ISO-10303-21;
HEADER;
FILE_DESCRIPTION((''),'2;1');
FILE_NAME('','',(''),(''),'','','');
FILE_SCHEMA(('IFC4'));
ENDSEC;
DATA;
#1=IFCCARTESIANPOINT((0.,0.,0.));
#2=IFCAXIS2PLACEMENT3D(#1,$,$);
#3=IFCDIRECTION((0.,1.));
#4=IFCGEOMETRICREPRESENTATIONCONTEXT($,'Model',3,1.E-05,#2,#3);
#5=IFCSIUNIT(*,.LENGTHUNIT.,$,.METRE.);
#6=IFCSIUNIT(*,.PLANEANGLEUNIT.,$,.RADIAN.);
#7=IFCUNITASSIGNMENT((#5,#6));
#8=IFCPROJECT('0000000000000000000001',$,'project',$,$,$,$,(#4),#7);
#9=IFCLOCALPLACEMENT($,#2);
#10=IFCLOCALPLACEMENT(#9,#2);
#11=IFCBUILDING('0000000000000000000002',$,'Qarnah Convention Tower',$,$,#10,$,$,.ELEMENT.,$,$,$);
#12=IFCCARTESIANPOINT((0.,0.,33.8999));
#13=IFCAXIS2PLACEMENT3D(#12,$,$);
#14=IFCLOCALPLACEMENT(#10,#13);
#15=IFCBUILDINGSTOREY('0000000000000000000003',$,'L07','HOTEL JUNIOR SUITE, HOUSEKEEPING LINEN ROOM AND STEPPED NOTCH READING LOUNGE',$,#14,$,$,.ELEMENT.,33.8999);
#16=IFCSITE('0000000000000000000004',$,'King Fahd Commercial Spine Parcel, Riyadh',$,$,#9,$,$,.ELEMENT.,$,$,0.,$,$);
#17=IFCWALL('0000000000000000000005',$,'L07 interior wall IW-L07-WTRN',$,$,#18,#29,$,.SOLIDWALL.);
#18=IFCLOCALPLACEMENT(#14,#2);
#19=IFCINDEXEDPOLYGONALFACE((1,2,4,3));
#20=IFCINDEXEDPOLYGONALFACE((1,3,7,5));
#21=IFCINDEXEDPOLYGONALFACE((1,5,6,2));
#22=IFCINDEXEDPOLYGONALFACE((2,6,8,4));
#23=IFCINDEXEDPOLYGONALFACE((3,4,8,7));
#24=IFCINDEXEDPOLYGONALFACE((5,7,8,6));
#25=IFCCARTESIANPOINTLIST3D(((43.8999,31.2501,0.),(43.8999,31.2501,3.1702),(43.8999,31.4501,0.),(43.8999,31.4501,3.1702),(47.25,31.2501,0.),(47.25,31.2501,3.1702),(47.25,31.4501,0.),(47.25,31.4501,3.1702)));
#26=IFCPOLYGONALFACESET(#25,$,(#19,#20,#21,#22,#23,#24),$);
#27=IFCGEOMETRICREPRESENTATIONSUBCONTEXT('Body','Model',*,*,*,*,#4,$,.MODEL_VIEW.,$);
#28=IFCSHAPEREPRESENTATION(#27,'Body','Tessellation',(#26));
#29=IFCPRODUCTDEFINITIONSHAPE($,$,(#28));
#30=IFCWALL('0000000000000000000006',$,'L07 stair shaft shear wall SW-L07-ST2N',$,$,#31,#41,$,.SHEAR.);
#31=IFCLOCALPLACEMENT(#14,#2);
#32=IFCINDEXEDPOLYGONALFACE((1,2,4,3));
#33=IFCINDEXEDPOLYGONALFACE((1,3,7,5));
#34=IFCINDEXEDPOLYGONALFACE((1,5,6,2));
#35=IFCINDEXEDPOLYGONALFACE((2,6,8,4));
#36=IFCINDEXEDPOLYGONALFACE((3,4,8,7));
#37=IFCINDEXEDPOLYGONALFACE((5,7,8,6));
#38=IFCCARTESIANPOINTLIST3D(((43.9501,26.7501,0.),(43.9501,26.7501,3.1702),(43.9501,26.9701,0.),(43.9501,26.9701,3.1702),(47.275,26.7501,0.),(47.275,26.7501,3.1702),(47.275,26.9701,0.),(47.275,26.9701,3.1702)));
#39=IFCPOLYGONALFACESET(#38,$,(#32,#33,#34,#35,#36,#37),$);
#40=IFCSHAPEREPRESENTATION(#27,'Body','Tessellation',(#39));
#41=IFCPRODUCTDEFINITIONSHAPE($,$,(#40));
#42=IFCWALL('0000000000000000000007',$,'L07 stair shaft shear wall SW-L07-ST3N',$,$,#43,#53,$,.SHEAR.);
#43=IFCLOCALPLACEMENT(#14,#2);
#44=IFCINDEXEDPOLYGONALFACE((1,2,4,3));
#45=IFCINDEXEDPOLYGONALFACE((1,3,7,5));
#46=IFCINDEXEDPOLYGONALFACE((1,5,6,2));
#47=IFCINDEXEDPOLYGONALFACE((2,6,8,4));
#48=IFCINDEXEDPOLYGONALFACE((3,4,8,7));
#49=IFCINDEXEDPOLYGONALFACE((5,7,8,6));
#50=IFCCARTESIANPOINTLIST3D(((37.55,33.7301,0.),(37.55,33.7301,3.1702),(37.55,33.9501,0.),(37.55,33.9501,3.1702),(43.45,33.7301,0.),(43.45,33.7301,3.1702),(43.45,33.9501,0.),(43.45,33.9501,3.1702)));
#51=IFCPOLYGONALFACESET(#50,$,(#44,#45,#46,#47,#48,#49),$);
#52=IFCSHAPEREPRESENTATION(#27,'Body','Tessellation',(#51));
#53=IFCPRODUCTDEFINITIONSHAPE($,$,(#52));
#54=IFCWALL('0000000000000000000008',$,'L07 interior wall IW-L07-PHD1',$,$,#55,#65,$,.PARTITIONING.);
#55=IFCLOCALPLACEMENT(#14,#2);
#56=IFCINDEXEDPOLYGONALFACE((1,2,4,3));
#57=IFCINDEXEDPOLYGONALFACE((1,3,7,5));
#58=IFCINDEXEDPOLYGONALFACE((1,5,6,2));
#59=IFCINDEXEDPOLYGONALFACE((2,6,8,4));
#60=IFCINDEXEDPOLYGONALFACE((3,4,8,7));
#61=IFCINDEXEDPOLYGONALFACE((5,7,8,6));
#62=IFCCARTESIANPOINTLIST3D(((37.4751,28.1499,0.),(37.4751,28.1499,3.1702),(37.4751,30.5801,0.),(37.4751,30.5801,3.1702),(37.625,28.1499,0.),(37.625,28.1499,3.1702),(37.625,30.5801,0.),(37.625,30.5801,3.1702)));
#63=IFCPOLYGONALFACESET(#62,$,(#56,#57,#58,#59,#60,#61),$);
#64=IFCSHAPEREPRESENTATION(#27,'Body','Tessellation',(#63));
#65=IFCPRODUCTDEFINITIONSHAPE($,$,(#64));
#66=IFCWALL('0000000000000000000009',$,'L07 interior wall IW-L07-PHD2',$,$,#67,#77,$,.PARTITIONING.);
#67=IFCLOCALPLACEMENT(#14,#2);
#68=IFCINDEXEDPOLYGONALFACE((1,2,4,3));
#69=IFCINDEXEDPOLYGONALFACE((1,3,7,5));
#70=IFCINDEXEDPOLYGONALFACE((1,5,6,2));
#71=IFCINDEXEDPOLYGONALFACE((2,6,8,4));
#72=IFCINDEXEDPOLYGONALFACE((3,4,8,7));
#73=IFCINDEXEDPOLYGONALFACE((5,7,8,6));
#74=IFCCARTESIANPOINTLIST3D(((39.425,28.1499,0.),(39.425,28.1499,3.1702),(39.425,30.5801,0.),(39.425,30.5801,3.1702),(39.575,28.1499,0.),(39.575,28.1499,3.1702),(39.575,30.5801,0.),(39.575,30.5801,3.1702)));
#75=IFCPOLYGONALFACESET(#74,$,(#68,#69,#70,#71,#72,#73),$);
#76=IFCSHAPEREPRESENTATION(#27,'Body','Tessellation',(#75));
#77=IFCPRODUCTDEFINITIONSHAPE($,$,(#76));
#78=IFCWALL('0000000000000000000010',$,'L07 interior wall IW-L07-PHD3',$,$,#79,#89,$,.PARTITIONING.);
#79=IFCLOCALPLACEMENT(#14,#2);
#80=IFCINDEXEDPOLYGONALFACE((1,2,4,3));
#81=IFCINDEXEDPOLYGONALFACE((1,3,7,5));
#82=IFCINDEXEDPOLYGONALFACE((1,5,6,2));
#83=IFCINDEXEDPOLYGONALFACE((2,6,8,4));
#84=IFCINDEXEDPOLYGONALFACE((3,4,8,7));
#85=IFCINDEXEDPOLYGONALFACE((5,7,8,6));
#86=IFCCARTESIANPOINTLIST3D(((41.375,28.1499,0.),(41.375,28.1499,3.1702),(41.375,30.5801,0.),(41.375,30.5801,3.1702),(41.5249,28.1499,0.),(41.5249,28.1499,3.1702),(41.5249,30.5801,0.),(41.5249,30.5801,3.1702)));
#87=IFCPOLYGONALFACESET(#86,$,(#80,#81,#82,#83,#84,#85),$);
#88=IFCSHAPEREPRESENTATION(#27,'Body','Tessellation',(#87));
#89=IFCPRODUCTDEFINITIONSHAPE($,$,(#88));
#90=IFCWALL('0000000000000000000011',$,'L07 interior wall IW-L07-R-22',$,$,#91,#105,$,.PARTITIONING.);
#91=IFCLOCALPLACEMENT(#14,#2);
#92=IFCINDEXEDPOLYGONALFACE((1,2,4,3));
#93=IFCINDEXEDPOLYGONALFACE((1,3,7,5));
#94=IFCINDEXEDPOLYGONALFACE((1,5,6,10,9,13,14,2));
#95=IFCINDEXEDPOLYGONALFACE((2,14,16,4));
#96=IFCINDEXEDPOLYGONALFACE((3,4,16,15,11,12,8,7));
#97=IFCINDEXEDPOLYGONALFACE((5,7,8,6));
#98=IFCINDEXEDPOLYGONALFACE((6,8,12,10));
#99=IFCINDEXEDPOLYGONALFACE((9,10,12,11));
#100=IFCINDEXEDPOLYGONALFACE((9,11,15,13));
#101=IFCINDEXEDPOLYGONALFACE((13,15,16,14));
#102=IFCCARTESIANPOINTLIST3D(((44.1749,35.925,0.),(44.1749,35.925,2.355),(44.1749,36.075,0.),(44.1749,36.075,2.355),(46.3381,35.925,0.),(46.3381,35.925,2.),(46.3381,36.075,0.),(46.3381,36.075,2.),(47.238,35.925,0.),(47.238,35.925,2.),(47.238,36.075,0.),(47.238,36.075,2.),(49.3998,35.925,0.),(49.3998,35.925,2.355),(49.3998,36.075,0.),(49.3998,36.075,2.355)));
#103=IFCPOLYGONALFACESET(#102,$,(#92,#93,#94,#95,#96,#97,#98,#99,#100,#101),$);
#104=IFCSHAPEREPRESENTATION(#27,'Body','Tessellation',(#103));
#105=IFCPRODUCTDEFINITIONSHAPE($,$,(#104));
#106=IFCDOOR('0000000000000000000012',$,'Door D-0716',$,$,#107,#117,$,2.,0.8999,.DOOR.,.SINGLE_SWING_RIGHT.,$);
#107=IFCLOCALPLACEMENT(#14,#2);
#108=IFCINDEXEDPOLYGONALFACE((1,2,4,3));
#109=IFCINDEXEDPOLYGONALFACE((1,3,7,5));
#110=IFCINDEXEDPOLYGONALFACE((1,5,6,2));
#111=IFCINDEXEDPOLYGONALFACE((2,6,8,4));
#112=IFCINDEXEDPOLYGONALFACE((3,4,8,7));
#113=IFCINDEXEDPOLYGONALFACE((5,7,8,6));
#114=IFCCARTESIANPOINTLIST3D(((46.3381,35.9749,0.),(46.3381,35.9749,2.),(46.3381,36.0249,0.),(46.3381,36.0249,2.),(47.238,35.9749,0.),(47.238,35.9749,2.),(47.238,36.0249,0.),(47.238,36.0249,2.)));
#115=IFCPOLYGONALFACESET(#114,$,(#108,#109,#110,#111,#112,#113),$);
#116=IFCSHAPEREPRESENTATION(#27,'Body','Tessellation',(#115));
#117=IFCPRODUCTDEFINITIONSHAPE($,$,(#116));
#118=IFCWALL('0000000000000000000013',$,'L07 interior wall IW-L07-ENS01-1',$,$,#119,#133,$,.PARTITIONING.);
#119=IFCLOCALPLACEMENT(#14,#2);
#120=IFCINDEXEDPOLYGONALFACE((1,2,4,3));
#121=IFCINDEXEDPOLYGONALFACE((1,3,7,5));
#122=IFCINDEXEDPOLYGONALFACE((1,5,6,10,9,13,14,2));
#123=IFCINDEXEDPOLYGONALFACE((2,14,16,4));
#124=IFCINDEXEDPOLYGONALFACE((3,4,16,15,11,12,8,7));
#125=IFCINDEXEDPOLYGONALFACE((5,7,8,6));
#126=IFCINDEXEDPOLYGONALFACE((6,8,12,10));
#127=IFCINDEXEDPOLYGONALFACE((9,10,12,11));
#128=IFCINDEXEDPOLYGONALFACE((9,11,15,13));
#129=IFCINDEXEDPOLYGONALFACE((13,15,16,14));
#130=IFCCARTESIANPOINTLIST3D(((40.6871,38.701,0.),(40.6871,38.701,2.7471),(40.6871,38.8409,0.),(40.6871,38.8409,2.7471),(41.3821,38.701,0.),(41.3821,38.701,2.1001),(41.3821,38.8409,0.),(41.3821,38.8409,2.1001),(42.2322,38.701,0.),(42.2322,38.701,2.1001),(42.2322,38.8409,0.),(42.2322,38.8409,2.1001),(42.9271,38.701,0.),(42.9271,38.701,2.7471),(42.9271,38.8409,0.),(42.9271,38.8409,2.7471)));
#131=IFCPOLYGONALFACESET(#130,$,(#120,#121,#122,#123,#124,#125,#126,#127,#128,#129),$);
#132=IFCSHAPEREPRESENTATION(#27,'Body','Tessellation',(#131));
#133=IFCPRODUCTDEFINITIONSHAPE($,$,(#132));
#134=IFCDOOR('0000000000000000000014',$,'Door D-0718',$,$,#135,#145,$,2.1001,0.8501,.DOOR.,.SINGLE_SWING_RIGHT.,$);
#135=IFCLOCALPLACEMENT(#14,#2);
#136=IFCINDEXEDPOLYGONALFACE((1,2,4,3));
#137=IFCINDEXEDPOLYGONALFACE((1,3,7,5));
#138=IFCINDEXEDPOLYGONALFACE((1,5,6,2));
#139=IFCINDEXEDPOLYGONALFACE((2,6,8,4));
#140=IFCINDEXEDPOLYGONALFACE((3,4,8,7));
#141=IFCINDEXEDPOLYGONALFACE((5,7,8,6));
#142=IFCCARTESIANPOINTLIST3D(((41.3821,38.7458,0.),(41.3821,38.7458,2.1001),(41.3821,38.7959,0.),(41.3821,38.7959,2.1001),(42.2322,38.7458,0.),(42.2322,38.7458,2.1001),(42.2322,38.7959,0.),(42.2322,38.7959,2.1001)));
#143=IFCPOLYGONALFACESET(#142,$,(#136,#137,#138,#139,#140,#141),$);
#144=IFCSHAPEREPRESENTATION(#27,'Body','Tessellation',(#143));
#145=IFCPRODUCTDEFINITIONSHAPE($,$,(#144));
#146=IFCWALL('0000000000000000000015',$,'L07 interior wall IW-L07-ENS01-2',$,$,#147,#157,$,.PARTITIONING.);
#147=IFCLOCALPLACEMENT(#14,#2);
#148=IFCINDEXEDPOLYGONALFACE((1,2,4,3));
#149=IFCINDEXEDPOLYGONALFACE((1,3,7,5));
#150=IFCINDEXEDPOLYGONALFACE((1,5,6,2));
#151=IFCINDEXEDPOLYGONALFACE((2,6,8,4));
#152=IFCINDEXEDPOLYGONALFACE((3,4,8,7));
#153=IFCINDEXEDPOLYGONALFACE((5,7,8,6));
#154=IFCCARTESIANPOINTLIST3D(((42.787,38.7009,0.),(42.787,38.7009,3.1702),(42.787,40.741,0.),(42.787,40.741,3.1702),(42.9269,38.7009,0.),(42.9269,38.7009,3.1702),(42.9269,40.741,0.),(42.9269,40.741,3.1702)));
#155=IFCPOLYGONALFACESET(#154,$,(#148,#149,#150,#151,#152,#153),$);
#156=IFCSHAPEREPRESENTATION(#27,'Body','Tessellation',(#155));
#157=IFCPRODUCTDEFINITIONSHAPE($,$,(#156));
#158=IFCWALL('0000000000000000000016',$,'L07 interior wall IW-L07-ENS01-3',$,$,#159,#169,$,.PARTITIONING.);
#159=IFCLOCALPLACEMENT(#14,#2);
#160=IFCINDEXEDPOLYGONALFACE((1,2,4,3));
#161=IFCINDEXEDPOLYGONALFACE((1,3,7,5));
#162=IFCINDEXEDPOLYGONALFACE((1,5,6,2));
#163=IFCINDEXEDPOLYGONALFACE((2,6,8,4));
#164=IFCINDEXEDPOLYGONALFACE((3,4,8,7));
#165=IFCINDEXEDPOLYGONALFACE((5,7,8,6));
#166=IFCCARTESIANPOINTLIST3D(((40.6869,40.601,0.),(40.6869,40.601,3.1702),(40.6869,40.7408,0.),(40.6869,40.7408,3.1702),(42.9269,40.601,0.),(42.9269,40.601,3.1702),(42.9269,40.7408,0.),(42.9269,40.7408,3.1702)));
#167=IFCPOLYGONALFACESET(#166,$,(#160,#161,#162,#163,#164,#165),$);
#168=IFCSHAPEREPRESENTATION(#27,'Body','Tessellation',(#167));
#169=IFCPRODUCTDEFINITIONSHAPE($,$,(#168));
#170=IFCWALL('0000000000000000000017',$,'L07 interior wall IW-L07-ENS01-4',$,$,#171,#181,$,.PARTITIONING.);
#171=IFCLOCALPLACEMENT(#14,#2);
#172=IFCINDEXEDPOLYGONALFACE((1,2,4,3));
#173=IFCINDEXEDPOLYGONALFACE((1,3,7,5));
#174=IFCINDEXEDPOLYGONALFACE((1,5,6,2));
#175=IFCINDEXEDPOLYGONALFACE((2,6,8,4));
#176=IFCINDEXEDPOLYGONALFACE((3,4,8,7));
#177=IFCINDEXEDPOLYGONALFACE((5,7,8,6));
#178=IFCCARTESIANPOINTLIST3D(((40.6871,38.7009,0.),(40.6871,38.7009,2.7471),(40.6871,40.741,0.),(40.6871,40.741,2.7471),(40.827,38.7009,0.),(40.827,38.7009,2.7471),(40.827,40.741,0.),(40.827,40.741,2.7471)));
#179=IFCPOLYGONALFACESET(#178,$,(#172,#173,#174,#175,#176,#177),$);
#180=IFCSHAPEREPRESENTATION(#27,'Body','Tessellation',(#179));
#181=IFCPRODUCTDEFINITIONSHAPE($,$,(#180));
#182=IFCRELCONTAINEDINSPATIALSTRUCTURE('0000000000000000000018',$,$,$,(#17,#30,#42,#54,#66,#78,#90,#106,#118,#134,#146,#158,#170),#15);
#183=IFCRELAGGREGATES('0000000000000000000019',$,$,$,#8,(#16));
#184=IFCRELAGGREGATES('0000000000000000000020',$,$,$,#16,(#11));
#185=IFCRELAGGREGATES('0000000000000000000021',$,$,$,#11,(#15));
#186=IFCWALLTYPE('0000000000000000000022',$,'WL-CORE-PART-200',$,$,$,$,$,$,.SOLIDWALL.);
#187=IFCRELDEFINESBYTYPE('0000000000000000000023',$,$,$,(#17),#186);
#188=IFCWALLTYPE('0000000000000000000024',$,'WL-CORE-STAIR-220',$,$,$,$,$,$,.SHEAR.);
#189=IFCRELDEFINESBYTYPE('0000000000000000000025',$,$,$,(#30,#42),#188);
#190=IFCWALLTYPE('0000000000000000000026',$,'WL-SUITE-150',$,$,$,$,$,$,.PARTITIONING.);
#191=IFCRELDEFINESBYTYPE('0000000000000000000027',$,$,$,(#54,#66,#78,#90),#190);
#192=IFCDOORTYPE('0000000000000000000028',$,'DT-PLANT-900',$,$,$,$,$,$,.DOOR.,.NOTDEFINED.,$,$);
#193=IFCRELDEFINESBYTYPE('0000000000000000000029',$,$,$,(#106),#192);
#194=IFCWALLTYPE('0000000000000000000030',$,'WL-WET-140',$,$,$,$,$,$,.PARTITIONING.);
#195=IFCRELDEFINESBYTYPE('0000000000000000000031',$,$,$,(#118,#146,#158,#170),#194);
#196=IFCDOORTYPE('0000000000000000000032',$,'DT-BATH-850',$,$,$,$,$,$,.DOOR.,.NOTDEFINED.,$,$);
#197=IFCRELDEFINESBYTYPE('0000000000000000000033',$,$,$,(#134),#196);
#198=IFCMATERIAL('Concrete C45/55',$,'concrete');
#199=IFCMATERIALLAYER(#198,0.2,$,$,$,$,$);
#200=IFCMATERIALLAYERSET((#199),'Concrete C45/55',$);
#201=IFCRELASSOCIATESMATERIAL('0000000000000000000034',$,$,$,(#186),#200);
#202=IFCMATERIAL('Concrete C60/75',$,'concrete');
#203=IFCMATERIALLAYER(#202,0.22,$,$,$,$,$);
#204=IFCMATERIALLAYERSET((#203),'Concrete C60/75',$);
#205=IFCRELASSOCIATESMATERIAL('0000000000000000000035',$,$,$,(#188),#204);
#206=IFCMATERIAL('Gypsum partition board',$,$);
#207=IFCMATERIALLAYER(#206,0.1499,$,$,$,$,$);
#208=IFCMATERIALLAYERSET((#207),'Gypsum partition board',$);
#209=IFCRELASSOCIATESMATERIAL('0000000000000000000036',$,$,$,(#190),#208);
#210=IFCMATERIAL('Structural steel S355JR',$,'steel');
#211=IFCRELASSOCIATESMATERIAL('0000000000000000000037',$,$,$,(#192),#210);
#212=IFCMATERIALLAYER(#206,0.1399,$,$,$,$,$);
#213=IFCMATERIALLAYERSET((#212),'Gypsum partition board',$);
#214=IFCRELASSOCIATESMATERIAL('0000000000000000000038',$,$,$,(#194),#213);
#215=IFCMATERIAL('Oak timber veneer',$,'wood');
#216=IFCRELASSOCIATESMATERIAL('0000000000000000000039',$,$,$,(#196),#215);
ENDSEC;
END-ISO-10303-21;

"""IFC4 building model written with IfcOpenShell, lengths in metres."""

from ifc_helpers import new_model, si_unit, direction, frame, frame_2d, origin, place, context, subcontext, project, spatial, rectangle, extrude, material, layer, layer_set, type_object, element, fill, save


model = new_model("IFC4")

# Units and contexts
model_context = context("Model", 3, precision=1e-05, world=origin(), true_north=direction((0.0, 1.0)))
body_context = subcontext(model_context, "Body", "Model", "MODEL_VIEW")
ifc_project = project(units=[si_unit("LENGTHUNIT", "METRE"), si_unit("PLANEANGLEUNIT", "RADIAN")], contexts=[model_context])

# Site, building, storey
site_placement = place(None, origin())
site = spatial("IfcSite", under=ifc_project, at=site_placement, Name="King Fahd Commercial Spine Parcel, Riyadh", CompositionType="ELEMENT", RefElevation=0.0)
building_placement = place(site_placement, origin())
building = spatial("IfcBuilding", under=site, at=building_placement, Name="Qarnah Convention Tower", CompositionType="ELEMENT")
storey_placement = place(building_placement, frame((0.0, 0.0, 33.8999)))
storey = spatial("IfcBuildingStorey", under=building, at=storey_placement, Name="L07", Description="HOTEL JUNIOR SUITE, HOUSEKEEPING LINEN ROOM AND STEPPED NOTCH READING LOUNGE", CompositionType="ELEMENT", Elevation=33.8999)

# Shared definitions
ifc_material_1 = material(Name="Structural steel S355JR", Category="steel")

# Shared definitions
ifc_material_2 = material(Name="Concrete C45/55", Category="concrete")
ifc_layer_1 = layer(ifc_material_2, 0.2)
ifc_layer_set_1 = layer_set([ifc_layer_1], Name="Concrete C45/55")
wall_type_1 = type_object("IfcWallType", Name="WL-CORE-PART-200", PredefinedType="SOLIDWALL", material=ifc_layer_set_1)

# Walls
wall_1_placement = place(storey_placement, frame((43.8999, 31.3501, 0.0), z_axis=(0.0, 0.0, 1.0), x_axis=(1.0, 0.0, 0.0)))
element("IfcWall", 1, at=wall_1_placement, inside=storey, type_object=wall_type_1, Name="L07 interior wall IW-L07-WTRN", PredefinedType="SOLIDWALL", context=body_context, shape_type="SweptSolid", body=[
    extrude(rectangle(XDim=3.3501, YDim=0.2, at=frame_2d((1.675, 0.0))), origin(), (0.0, 0.0, 1.0), 3.1702),
])
ifc_material_3 = material(Name="Concrete C60/75", Category="concrete")
ifc_layer_2 = layer(ifc_material_3, 0.22)
ifc_layer_set_2 = layer_set([ifc_layer_2], Name="Concrete C60/75")
wall_type_2 = type_object("IfcWallType", Name="WL-CORE-STAIR-220", PredefinedType="SHEAR", material=ifc_layer_set_2)
wall_2_placement = place(storey_placement, frame((43.95, 26.8601, 0.0), z_axis=(0.0, 0.0, 1.0), x_axis=(1.0, 0.0, 0.0)))
element("IfcWall", 2, at=wall_2_placement, inside=storey, type_object=wall_type_2, Name="L07 stair shaft shear wall SW-L07-ST2N", PredefinedType="SHEAR", context=body_context, shape_type="SweptSolid", body=[
    extrude(rectangle(XDim=3.325, YDim=0.22, at=frame_2d((1.6626, 0.0))), origin(), (0.0, 0.0, 1.0), 3.1702),
])
wall_3_placement = place(storey_placement, frame((37.55, 33.8401, 0.0), z_axis=(0.0, 0.0, 1.0), x_axis=(1.0, 0.0, 0.0)))
element("IfcWall", 3, at=wall_3_placement, inside=storey, type_object=wall_type_2, Name="L07 stair shaft shear wall SW-L07-ST3N", PredefinedType="SHEAR", context=body_context, shape_type="SweptSolid", body=[
    extrude(rectangle(XDim=5.8999, YDim=0.22, at=frame_2d((2.95, 0.0))), origin(), (0.0, 0.0, 1.0), 3.1702),
])
ifc_material_4 = material(Name="Gypsum partition board")
ifc_layer_3 = layer(ifc_material_4, 0.1499)
ifc_layer_set_3 = layer_set([ifc_layer_3], Name="Gypsum partition board")
wall_type_3 = type_object("IfcWallType", Name="WL-SUITE-150", PredefinedType="PARTITIONING", material=ifc_layer_set_3)
for number, where, z_axis, x_axis, name in (
    (4, (37.55, 28.1499, 0.0), (0.0, 0.0, 1.0), (0.0, 1.0, 0.0), "L07 interior wall IW-L07-PHD1"),
    (5, (39.5, 28.1499, 0.0), (0.0, 0.0, 1.0), (0.0, 1.0, 0.0), "L07 interior wall IW-L07-PHD2"),
    (6, (41.45, 28.1499, 0.0), (0.0, 0.0, 1.0), (0.0, 1.0, 0.0), "L07 interior wall IW-L07-PHD3"),
):
    element("IfcWall", number, at=place(storey_placement, frame(where, z_axis=z_axis, x_axis=x_axis)), inside=storey, type_object=wall_type_3, Name=name, PredefinedType="PARTITIONING", context=body_context, shape_type="SweptSolid", body=[
        extrude(rectangle(XDim=2.4302, YDim=0.1499, at=frame_2d((1.2151, 0.0))), origin(), (0.0, 0.0, 1.0), 3.1702),
    ])

# Walls, openings, doors
wall_4_placement = place(storey_placement, frame((44.175, 36.0, 0.0), z_axis=(0.0, 0.0, 1.0), x_axis=(1.0, 0.0, 0.0)))
wall_4 = element("IfcWall", 7, at=wall_4_placement, inside=storey, type_object=wall_type_3, Name="L07 interior wall IW-L07-R-22", PredefinedType="PARTITIONING", context=body_context, shape_type="SweptSolid", body=[
    extrude(rectangle(XDim=5.2249, YDim=0.1499, at=frame_2d((2.6123, 0.0))), origin(), (0.0, 0.0, 1.0), 2.355),
])
opening_1_placement = place(wall_4_placement, frame((2.1631, 0.0, 0.0)))
opening_1 = element("IfcOpeningElement", 8, at=opening_1_placement, cuts=wall_4, PredefinedType="OPENING", context=body_context, shape_type="SweptSolid", body=[
    extrude(rectangle(XDim=0.8999, YDim=2.0, at=frame_2d((0.45, 1.0))), frame((0.0, 0.085, 0.0), z_axis=(0.0, -1.0, 0.0), x_axis=(1.0, 0.0, 0.0)), (0.0, 0.0, 1.0), 0.1699),
])
door_type_1 = type_object("IfcDoorType", Name="DT-PLANT-900", OperationType="NOTDEFINED", PredefinedType="DOOR", material=ifc_material_1)
door_1_placement = place(opening_1_placement, origin())
door_1 = element("IfcDoor", 9, at=door_1_placement, inside=storey, type_object=door_type_1, Name="Door D-0716", OperationType="SINGLE_SWING_RIGHT", OverallHeight=2.0, OverallWidth=0.8999, PredefinedType="DOOR", context=body_context, shape_type="SweptSolid", body=[
    extrude(rectangle(XDim=0.8999, YDim=2.0, at=frame_2d((0.45, 1.0))), frame((0.0, 0.0249, 0.0), z_axis=(0.0, -1.0, 0.0), x_axis=(1.0, 0.0, 0.0)), (0.0, 0.0, 1.0), 0.05),
])
fill(opening_1, door_1)
ifc_layer_4 = layer(ifc_material_4, 0.1399)
ifc_layer_set_4 = layer_set([ifc_layer_4], Name="Gypsum partition board")
wall_type_4 = type_object("IfcWallType", Name="WL-WET-140", PredefinedType="PARTITIONING", material=ifc_layer_set_4)
wall_5_placement = place(storey_placement, frame((40.687, 38.771, 0.0), z_axis=(0.0, 0.0, 1.0), x_axis=(1.0, 0.0, 0.0)))
wall_5 = element("IfcWall", 10, at=wall_5_placement, inside=storey, type_object=wall_type_4, Name="L07 interior wall IW-L07-ENS01-1", PredefinedType="PARTITIONING", context=body_context, shape_type="SweptSolid", body=[
    extrude(rectangle(XDim=2.24, YDim=0.1399, at=frame_2d((1.1201, 0.0))), origin(), (0.0, 0.0, 1.0), 2.7471),
])
opening_2_placement = place(wall_5_placement, frame((0.6951, 0.0, 0.0)))
opening_2 = element("IfcOpeningElement", 11, at=opening_2_placement, cuts=wall_5, PredefinedType="OPENING", context=body_context, shape_type="SweptSolid", body=[
    extrude(rectangle(XDim=0.8501, YDim=2.1001, at=frame_2d((0.425, 1.05))), frame((0.0, 0.0798, 0.0), z_axis=(0.0, -1.0, 0.0), x_axis=(1.0, 0.0, 0.0)), (0.0, 0.0, 1.0), 0.1599),
])
ifc_material_5 = material(Name="Oak timber veneer", Category="wood")
door_type_2 = type_object("IfcDoorType", Name="DT-BATH-850", OperationType="NOTDEFINED", PredefinedType="DOOR", material=ifc_material_5)
door_2_placement = place(opening_2_placement, origin())
door_2 = element("IfcDoor", 12, at=door_2_placement, inside=storey, type_object=door_type_2, Name="Door D-0718", OperationType="SINGLE_SWING_RIGHT", OverallHeight=2.1001, OverallWidth=0.8501, PredefinedType="DOOR", context=body_context, shape_type="SweptSolid", body=[
    extrude(rectangle(XDim=0.8501, YDim=2.1001, at=frame_2d((0.425, 1.05))), frame((0.0, 0.0249, 0.0), z_axis=(0.0, -1.0, 0.0), x_axis=(1.0, 0.0, 0.0)), (0.0, 0.0, 1.0), 0.05),
])
fill(opening_2, door_2)

# Walls
wall_6_placement = place(storey_placement, frame((42.8569, 38.7009, 0.0), z_axis=(0.0, 0.0, 1.0), x_axis=(0.0, 1.0, 0.0)))
element("IfcWall", 13, at=wall_6_placement, inside=storey, type_object=wall_type_4, Name="L07 interior wall IW-L07-ENS01-2", PredefinedType="PARTITIONING", context=body_context, shape_type="SweptSolid", body=[
    extrude(rectangle(XDim=2.04, YDim=0.1399, at=frame_2d((1.02, 0.0))), origin(), (0.0, 0.0, 1.0), 3.1702),
])
wall_7_placement = place(storey_placement, frame((42.927, 40.6709, 0.0), z_axis=(0.0, 0.0, 1.0), x_axis=(-1.0, 0.0, 0.0)))
element("IfcWall", 14, at=wall_7_placement, inside=storey, type_object=wall_type_4, Name="L07 interior wall IW-L07-ENS01-3", PredefinedType="PARTITIONING", context=body_context, shape_type="SweptSolid", body=[
    extrude(rectangle(XDim=2.24, YDim=0.1399, at=frame_2d((1.1201, 0.0))), origin(), (0.0, 0.0, 1.0), 3.1702),
])
wall_8_placement = place(storey_placement, frame((40.7571, 40.741, 0.0), z_axis=(0.0, 0.0, 1.0), x_axis=(0.0, -1.0, 0.0)))
element("IfcWall", 15, at=wall_8_placement, inside=storey, type_object=wall_type_4, Name="L07 interior wall IW-L07-ENS01-4", PredefinedType="PARTITIONING", context=body_context, shape_type="SweptSolid", body=[
    extrude(rectangle(XDim=2.04, YDim=0.1399, at=frame_2d((1.02, 0.0))), origin(), (0.0, 0.0, 1.0), 2.7471),
])

save(model, "model.ifc")
